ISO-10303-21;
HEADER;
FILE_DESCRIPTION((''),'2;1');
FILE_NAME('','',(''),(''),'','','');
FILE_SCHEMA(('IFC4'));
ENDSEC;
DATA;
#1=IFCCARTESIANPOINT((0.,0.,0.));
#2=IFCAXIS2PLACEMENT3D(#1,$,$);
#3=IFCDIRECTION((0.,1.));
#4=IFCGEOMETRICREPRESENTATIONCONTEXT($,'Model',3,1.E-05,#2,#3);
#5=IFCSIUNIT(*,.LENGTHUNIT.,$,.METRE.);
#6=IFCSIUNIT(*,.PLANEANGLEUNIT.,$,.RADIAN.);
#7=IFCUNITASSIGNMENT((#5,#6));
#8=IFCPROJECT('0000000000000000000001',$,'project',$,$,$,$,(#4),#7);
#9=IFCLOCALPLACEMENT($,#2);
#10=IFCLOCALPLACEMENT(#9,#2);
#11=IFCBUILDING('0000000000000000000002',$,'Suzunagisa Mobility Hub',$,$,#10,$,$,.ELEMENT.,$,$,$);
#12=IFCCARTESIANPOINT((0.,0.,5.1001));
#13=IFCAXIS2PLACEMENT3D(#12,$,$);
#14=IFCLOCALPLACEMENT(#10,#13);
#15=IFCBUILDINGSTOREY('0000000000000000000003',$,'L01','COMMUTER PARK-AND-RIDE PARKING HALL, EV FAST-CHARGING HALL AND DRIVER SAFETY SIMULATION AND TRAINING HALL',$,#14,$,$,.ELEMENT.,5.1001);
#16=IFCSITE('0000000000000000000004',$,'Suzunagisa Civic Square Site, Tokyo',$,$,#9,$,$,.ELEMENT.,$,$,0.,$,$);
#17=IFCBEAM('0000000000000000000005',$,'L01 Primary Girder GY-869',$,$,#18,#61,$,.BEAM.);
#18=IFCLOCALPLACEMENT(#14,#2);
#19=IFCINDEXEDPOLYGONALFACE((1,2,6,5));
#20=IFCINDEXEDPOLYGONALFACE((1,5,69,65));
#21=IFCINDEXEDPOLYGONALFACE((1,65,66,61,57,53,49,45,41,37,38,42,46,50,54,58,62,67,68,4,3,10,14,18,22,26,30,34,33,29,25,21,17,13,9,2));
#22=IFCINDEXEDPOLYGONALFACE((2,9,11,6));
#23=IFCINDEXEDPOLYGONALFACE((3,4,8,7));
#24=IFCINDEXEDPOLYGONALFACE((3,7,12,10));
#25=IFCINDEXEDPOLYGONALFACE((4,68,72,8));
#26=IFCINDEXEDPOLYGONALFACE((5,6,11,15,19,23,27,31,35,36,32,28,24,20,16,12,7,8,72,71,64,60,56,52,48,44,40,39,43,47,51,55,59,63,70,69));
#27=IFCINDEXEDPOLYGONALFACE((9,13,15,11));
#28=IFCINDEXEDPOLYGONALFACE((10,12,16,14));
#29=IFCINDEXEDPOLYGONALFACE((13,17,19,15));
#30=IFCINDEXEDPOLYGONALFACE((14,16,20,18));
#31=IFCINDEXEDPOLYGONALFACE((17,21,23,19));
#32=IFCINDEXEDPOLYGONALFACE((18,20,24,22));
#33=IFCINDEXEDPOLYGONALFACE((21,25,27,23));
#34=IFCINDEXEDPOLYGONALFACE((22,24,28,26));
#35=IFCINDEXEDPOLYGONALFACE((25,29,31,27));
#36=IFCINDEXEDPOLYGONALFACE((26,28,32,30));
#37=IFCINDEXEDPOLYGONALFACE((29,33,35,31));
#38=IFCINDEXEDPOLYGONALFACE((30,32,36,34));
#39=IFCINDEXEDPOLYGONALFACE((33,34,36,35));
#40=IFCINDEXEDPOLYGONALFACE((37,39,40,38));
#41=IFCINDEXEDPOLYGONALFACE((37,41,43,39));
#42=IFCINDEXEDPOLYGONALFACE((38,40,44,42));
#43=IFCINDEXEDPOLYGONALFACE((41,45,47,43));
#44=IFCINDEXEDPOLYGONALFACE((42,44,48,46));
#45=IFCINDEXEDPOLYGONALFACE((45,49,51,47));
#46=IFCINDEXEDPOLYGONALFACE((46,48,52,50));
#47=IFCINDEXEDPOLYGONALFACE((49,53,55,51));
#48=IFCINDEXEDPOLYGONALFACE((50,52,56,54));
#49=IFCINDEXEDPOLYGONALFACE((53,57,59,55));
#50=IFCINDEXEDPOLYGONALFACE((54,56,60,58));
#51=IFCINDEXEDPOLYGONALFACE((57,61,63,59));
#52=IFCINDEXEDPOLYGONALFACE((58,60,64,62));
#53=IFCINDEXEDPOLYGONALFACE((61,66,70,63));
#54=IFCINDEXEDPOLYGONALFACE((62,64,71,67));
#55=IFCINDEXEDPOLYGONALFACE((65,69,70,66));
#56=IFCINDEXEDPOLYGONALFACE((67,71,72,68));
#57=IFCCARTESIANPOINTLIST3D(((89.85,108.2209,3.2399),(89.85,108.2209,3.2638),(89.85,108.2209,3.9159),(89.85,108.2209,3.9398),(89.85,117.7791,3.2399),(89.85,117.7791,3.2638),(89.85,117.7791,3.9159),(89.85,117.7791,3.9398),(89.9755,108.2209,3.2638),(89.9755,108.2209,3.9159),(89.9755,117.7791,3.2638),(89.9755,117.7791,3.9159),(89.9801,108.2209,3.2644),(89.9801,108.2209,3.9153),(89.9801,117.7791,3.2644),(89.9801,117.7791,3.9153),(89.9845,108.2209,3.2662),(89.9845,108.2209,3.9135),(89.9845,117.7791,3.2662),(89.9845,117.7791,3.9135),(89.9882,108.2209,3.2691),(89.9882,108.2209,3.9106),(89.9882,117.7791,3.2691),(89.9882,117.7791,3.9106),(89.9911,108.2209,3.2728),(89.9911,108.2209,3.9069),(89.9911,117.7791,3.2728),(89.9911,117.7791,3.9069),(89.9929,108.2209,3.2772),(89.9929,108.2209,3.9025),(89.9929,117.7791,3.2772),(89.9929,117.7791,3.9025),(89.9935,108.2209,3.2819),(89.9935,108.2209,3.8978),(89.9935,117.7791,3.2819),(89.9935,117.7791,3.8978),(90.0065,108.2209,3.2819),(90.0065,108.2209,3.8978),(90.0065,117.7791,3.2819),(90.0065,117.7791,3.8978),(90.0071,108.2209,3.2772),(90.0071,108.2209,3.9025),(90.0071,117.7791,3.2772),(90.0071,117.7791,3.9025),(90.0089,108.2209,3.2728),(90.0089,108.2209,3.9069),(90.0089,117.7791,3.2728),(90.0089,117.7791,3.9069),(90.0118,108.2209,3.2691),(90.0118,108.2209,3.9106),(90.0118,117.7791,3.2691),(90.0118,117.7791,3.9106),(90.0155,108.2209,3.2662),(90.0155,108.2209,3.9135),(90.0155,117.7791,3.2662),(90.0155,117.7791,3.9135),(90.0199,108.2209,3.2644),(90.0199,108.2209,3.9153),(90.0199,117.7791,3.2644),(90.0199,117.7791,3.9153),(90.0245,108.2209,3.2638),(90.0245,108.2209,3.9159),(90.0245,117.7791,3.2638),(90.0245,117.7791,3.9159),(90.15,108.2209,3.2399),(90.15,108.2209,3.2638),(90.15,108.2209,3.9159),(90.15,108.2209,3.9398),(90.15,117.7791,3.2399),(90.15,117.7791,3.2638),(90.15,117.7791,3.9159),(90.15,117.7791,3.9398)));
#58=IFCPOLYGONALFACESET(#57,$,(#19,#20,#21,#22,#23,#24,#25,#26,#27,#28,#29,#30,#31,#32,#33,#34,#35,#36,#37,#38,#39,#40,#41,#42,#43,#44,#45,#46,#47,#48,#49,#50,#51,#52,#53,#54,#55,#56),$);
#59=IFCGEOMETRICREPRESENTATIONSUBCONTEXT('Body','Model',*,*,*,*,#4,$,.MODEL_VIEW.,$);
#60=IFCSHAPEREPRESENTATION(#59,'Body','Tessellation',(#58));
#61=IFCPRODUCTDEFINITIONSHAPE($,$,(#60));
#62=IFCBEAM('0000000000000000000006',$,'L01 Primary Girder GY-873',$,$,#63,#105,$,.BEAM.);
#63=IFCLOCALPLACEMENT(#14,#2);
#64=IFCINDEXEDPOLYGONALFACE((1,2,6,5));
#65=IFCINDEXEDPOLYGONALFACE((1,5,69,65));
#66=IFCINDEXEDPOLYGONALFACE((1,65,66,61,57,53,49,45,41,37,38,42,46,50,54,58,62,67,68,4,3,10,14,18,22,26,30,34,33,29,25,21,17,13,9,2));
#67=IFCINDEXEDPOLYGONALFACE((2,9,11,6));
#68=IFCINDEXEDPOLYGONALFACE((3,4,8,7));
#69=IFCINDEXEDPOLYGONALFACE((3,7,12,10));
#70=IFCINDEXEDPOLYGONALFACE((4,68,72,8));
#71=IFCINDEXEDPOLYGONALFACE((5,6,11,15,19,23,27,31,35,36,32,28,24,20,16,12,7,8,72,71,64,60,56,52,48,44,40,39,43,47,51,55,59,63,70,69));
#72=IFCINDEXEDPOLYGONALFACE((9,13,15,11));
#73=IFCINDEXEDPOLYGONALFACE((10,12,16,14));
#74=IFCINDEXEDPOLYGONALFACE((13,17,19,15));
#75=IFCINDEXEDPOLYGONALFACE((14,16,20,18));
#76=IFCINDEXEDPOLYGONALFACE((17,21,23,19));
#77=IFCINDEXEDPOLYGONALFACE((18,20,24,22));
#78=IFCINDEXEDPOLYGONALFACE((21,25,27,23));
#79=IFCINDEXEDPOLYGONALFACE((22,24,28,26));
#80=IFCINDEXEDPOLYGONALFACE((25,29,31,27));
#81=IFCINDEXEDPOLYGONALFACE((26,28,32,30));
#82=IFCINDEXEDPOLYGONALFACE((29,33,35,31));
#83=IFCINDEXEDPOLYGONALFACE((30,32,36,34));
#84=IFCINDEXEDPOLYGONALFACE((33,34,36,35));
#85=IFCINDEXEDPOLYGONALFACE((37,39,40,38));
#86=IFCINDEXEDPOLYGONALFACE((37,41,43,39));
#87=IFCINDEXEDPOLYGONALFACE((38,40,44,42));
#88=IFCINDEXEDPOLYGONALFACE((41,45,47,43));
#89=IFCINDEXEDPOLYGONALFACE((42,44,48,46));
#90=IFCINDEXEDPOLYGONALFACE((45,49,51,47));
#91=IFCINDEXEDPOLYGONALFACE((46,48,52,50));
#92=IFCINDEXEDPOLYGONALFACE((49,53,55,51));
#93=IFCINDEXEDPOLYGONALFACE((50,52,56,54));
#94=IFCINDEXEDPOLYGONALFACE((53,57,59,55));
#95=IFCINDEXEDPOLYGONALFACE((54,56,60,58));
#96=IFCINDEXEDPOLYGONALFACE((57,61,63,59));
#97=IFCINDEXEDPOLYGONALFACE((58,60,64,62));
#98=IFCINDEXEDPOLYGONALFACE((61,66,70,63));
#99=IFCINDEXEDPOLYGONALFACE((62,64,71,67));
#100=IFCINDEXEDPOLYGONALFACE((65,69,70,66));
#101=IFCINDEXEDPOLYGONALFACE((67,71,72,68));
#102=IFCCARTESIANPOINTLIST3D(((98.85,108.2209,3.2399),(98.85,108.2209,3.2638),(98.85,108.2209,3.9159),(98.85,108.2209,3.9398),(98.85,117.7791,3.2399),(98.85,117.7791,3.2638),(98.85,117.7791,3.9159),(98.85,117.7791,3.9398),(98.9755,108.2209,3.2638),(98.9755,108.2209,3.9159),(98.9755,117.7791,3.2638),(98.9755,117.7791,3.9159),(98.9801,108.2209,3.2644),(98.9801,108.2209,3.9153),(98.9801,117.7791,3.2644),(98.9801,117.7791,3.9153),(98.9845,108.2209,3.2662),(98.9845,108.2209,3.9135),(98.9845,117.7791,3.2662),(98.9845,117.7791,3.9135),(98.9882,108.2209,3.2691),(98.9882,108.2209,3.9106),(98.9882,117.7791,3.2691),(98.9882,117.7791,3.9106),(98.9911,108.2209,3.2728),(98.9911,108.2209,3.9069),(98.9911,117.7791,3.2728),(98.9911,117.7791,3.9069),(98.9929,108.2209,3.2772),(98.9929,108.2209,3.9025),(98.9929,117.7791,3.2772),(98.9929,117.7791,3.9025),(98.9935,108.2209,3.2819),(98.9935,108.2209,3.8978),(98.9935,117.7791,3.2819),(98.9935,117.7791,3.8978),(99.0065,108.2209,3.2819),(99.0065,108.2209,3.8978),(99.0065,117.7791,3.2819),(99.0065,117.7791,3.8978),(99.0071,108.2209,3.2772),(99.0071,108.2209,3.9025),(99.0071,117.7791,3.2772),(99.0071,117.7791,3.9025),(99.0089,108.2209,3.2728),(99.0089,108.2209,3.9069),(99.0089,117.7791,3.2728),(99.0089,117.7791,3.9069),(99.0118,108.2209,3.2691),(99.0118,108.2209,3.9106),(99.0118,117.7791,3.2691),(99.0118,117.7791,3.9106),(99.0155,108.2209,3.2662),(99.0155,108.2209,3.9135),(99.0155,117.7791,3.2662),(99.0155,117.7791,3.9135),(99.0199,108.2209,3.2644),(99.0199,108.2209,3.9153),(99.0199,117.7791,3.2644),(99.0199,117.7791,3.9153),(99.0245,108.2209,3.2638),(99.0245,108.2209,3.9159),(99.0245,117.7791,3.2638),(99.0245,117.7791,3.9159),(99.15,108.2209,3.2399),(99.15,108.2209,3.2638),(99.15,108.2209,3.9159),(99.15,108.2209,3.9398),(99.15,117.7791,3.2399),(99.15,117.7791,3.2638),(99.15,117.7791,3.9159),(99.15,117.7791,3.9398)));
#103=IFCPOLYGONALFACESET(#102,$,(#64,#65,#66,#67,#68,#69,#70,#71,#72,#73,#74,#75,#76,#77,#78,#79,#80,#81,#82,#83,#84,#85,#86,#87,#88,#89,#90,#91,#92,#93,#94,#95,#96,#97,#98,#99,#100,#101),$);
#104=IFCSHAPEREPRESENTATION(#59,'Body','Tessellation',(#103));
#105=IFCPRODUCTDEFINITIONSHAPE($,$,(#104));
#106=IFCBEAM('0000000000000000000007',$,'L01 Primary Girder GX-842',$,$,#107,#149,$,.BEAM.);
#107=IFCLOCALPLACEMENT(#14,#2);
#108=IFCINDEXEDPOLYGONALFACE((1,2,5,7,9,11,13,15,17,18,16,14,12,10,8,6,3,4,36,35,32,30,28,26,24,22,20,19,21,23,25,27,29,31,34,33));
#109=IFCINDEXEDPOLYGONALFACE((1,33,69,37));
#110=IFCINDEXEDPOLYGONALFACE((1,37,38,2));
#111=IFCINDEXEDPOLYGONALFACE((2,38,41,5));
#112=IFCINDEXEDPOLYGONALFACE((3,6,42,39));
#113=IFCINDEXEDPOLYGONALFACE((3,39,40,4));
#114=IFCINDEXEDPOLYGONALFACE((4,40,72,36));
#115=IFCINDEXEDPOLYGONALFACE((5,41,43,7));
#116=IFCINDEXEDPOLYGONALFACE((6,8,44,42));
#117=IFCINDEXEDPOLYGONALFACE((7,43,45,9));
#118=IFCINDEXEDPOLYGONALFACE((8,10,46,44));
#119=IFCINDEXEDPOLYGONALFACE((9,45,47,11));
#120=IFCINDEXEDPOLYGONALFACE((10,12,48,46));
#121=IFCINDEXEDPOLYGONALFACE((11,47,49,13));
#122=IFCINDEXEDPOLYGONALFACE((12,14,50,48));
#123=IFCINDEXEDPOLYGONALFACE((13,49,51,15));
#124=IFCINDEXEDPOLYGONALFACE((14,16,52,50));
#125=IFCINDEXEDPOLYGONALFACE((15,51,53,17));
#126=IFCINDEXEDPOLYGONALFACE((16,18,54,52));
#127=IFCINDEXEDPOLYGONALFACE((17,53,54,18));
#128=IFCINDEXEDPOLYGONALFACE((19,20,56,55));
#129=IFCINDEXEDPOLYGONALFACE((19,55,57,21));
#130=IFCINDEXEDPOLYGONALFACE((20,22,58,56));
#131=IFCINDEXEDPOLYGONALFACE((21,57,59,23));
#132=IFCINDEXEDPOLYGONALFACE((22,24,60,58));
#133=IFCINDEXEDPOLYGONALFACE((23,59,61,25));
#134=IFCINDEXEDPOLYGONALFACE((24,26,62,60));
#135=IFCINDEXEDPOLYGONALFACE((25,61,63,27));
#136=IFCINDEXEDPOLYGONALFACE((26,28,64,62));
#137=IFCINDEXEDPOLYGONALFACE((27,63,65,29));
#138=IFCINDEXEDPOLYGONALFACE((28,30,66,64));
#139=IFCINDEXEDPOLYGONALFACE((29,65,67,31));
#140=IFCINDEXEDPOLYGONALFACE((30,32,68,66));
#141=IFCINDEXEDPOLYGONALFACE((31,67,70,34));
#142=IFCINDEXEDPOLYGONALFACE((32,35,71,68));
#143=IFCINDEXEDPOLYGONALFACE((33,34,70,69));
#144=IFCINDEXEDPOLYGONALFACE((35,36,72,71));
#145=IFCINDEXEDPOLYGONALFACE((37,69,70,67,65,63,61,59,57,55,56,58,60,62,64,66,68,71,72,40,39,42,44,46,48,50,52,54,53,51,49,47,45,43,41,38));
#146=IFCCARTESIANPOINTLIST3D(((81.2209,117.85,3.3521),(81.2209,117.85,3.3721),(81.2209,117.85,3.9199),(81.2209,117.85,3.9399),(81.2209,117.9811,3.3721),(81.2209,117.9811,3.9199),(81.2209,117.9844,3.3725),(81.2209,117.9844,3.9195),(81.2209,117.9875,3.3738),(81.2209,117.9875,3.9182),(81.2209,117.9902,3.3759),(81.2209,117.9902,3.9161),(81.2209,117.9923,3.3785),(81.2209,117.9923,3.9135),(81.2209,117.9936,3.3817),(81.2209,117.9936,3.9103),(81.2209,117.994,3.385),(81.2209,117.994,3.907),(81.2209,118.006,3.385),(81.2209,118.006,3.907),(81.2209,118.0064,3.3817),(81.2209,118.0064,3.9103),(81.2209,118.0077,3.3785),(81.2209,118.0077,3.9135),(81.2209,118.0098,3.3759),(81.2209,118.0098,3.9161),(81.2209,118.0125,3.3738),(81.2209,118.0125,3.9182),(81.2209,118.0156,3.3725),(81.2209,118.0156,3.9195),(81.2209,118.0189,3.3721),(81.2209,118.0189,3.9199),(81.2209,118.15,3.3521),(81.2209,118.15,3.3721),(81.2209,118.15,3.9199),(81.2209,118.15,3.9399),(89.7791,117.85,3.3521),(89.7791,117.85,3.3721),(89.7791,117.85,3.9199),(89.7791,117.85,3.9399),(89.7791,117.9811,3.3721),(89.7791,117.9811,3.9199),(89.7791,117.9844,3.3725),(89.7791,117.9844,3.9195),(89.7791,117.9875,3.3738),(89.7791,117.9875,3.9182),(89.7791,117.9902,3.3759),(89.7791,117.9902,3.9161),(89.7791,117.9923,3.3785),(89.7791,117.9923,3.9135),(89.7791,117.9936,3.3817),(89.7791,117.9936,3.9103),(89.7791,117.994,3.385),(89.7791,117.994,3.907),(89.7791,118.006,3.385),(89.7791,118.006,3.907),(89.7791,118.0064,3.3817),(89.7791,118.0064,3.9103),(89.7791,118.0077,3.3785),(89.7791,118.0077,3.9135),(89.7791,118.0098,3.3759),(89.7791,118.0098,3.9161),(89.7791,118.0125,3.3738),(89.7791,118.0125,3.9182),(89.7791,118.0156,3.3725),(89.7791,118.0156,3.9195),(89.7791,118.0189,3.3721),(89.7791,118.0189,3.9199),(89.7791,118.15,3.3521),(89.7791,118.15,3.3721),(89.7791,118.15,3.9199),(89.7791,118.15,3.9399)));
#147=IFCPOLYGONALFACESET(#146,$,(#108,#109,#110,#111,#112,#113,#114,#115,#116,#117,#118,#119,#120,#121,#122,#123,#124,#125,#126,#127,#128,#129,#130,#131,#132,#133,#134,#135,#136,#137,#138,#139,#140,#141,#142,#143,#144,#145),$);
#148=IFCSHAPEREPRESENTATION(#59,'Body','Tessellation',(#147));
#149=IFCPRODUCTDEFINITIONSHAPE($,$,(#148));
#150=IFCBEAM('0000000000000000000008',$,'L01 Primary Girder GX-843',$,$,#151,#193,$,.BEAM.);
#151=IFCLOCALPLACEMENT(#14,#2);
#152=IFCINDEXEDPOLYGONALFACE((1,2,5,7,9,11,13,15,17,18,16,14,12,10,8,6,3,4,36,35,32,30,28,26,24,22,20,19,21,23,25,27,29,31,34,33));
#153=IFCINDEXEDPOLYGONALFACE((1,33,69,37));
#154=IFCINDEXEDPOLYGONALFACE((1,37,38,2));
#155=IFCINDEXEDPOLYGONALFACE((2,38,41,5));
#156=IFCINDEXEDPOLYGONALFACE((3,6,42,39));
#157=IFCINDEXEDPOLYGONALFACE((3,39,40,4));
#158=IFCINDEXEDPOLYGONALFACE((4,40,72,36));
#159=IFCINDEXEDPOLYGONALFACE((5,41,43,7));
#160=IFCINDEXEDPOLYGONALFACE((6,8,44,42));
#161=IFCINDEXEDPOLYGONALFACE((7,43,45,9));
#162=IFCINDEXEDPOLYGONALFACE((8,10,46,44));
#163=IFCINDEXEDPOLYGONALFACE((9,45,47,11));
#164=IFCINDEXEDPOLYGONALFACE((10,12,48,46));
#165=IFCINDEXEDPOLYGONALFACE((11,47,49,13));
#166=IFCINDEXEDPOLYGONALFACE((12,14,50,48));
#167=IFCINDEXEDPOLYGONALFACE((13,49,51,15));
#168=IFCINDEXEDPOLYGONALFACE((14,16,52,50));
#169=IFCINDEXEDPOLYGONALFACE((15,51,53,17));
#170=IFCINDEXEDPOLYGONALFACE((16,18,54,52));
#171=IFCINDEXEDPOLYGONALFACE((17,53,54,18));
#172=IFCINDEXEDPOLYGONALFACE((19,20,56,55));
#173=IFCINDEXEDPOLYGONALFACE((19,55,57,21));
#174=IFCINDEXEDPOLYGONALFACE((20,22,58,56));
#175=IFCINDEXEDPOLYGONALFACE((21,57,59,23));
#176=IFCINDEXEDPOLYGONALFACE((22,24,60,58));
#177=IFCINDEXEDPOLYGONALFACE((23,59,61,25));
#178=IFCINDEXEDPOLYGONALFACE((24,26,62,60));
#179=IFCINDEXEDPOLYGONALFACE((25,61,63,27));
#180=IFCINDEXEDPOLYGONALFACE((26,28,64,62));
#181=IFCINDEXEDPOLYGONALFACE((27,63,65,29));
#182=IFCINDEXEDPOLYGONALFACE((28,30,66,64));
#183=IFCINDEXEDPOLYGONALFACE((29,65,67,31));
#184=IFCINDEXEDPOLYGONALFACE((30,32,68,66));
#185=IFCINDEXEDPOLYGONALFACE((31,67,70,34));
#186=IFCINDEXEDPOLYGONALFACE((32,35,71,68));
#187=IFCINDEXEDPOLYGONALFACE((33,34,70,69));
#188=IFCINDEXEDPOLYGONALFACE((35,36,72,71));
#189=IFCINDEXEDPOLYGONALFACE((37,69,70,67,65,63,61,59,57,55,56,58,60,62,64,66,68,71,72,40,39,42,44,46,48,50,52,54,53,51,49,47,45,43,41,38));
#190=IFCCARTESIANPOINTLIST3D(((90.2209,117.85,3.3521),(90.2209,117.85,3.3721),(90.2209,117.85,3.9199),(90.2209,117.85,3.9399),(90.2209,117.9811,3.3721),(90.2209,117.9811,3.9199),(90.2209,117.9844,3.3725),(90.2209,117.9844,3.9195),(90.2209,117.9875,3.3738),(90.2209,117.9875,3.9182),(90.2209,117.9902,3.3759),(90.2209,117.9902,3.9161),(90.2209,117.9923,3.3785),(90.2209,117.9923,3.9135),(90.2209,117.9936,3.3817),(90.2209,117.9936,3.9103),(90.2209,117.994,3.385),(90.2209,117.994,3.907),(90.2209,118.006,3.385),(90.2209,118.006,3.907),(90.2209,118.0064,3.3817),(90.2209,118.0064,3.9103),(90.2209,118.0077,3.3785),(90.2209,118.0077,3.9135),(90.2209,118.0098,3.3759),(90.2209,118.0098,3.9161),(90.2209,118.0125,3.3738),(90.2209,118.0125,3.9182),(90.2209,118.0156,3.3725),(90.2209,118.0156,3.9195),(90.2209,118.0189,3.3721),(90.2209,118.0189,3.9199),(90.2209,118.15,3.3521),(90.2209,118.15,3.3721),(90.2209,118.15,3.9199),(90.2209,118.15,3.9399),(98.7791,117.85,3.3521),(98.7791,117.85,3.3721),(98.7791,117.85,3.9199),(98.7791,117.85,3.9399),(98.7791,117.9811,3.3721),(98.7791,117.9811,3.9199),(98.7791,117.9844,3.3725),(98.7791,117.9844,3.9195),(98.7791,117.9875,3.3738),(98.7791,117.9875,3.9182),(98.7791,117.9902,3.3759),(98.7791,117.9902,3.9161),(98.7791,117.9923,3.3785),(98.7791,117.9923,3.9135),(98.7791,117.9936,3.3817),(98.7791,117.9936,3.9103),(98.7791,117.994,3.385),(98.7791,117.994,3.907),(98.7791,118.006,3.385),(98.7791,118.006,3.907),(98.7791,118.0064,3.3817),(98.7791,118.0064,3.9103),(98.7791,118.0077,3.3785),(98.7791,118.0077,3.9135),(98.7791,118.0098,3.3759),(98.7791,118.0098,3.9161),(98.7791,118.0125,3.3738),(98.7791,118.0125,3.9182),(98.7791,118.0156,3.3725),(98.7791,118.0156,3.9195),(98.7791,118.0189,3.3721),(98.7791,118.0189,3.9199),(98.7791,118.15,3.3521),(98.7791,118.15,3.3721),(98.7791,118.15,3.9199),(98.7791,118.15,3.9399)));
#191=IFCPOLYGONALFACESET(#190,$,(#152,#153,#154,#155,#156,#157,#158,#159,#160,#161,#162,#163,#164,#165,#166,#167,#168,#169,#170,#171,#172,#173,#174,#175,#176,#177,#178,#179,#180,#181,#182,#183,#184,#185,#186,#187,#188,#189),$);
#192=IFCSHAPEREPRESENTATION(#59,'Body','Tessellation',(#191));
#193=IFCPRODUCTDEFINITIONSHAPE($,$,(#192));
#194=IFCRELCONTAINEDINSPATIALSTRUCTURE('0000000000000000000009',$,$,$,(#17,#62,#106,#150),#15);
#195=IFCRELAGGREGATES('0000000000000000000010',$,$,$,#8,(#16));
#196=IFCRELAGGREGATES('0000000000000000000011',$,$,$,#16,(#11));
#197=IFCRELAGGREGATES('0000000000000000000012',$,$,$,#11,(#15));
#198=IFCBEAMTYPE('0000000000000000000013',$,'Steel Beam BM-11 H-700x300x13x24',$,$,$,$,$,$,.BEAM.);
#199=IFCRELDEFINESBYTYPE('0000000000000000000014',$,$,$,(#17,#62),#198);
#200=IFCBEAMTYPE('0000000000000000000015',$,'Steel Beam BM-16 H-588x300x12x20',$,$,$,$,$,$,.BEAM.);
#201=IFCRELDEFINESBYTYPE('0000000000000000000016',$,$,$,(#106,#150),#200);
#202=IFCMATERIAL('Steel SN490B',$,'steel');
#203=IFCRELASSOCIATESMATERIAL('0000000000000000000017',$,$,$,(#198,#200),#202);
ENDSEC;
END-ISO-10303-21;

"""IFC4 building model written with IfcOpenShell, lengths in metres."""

from ifc_helpers import new_model, si_unit, direction, frame, origin, origin_2d, place, context, subcontext, project, spatial, i_section, extrude, material, material_profile, profile_set, type_object, element, save


model = new_model("IFC4")

# Units and contexts
model_context = context("Model", 3, precision=1e-05, world=origin(), true_north=direction((0.0, 1.0)))
body_context = subcontext(model_context, "Body", "Model", "MODEL_VIEW")
ifc_project = project(units=[si_unit("LENGTHUNIT", "METRE"), si_unit("PLANEANGLEUNIT", "RADIAN")], contexts=[model_context])

# Site, building, storey
site_placement = place(None, origin())
site = spatial("IfcSite", under=ifc_project, at=site_placement, Name="Suzunagisa Civic Square Site, Tokyo", CompositionType="ELEMENT", RefElevation=0.0)
building_placement = place(site_placement, origin())
building = spatial("IfcBuilding", under=site, at=building_placement, Name="Suzunagisa Mobility Hub", CompositionType="ELEMENT")
storey_placement = place(building_placement, frame((0.0, 0.0, 5.1001)))
storey = spatial("IfcBuildingStorey", under=building, at=storey_placement, Name="L01", Description="COMMUTER PARK-AND-RIDE PARKING HALL, EV FAST-CHARGING HALL AND DRIVER SAFETY SIMULATION AND TRAINING HALL", CompositionType="ELEMENT", Elevation=5.1001)

# Shared definitions
ifc_material_1 = material(Name="Steel SN490B", Category="steel")

# Beams
ifc_material_profile_1 = material_profile(ifc_material_1, i_section(OverallWidth=0.3, OverallDepth=0.7, WebThickness=0.0129, FlangeThickness=0.0239, FilletRadius=0.0181, at=origin_2d()), Name="H-700x300x13x24")
ifc_profile_set_1 = profile_set([ifc_material_profile_1], Name="Steel SN490B")
beam_type_1 = type_object("IfcBeamType", Name="Steel Beam BM-11 H-700x300x13x24", PredefinedType="BEAM", material=ifc_profile_set_1)
for number, where, z_axis, x_axis, name in (
    (1, (90.0, 108.2209, 3.5898), (0.0, 1.0, 0.0), (-1.0, 0.0, 0.0), "L01 Primary Girder GY-869"),
    (2, (99.0, 108.2209, 3.5898), (0.0, 1.0, 0.0), (-1.0, 0.0, 0.0), "L01 Primary Girder GY-873"),
):
    element("IfcBeam", number, at=place(storey_placement, frame(where, z_axis=z_axis, x_axis=x_axis)), inside=storey, type_object=beam_type_1, Name=name, PredefinedType="BEAM", context=body_context, shape_type="SweptSolid", body=[
        extrude(i_section(OverallWidth=0.3, OverallDepth=0.7, WebThickness=0.0129, FlangeThickness=0.0239, FilletRadius=0.0181, at=origin_2d()), origin(), (0.0, 0.0, 1.0), 9.5581),
    ])
ifc_material_profile_2 = material_profile(ifc_material_1, i_section(OverallWidth=0.3, OverallDepth=0.5879, WebThickness=0.012, FlangeThickness=0.02, FilletRadius=0.0129, at=origin_2d()), Name="H-588x300x12x20")
ifc_profile_set_2 = profile_set([ifc_material_profile_2], Name="Steel SN490B")
beam_type_2 = type_object("IfcBeamType", Name="Steel Beam BM-16 H-588x300x12x20", PredefinedType="BEAM", material=ifc_profile_set_2)
for number, where, z_axis, x_axis, name in (
    (3, (81.2209, 118.0, 3.646), (1.0, 0.0, 0.0), (0.0, 1.0, 0.0), "L01 Primary Girder GX-842"),
    (4, (90.2209, 118.0, 3.646), (1.0, 0.0, 0.0), (0.0, 1.0, 0.0), "L01 Primary Girder GX-843"),
):
    element("IfcBeam", number, at=place(storey_placement, frame(where, z_axis=z_axis, x_axis=x_axis)), inside=storey, type_object=beam_type_2, Name=name, PredefinedType="BEAM", context=body_context, shape_type="SweptSolid", body=[
        extrude(i_section(OverallWidth=0.3, OverallDepth=0.5879, WebThickness=0.012, FlangeThickness=0.02, FilletRadius=0.0129, at=origin_2d()), origin(), (0.0, 0.0, 1.0), 8.5581),
    ])

save(model, "model.ifc")
